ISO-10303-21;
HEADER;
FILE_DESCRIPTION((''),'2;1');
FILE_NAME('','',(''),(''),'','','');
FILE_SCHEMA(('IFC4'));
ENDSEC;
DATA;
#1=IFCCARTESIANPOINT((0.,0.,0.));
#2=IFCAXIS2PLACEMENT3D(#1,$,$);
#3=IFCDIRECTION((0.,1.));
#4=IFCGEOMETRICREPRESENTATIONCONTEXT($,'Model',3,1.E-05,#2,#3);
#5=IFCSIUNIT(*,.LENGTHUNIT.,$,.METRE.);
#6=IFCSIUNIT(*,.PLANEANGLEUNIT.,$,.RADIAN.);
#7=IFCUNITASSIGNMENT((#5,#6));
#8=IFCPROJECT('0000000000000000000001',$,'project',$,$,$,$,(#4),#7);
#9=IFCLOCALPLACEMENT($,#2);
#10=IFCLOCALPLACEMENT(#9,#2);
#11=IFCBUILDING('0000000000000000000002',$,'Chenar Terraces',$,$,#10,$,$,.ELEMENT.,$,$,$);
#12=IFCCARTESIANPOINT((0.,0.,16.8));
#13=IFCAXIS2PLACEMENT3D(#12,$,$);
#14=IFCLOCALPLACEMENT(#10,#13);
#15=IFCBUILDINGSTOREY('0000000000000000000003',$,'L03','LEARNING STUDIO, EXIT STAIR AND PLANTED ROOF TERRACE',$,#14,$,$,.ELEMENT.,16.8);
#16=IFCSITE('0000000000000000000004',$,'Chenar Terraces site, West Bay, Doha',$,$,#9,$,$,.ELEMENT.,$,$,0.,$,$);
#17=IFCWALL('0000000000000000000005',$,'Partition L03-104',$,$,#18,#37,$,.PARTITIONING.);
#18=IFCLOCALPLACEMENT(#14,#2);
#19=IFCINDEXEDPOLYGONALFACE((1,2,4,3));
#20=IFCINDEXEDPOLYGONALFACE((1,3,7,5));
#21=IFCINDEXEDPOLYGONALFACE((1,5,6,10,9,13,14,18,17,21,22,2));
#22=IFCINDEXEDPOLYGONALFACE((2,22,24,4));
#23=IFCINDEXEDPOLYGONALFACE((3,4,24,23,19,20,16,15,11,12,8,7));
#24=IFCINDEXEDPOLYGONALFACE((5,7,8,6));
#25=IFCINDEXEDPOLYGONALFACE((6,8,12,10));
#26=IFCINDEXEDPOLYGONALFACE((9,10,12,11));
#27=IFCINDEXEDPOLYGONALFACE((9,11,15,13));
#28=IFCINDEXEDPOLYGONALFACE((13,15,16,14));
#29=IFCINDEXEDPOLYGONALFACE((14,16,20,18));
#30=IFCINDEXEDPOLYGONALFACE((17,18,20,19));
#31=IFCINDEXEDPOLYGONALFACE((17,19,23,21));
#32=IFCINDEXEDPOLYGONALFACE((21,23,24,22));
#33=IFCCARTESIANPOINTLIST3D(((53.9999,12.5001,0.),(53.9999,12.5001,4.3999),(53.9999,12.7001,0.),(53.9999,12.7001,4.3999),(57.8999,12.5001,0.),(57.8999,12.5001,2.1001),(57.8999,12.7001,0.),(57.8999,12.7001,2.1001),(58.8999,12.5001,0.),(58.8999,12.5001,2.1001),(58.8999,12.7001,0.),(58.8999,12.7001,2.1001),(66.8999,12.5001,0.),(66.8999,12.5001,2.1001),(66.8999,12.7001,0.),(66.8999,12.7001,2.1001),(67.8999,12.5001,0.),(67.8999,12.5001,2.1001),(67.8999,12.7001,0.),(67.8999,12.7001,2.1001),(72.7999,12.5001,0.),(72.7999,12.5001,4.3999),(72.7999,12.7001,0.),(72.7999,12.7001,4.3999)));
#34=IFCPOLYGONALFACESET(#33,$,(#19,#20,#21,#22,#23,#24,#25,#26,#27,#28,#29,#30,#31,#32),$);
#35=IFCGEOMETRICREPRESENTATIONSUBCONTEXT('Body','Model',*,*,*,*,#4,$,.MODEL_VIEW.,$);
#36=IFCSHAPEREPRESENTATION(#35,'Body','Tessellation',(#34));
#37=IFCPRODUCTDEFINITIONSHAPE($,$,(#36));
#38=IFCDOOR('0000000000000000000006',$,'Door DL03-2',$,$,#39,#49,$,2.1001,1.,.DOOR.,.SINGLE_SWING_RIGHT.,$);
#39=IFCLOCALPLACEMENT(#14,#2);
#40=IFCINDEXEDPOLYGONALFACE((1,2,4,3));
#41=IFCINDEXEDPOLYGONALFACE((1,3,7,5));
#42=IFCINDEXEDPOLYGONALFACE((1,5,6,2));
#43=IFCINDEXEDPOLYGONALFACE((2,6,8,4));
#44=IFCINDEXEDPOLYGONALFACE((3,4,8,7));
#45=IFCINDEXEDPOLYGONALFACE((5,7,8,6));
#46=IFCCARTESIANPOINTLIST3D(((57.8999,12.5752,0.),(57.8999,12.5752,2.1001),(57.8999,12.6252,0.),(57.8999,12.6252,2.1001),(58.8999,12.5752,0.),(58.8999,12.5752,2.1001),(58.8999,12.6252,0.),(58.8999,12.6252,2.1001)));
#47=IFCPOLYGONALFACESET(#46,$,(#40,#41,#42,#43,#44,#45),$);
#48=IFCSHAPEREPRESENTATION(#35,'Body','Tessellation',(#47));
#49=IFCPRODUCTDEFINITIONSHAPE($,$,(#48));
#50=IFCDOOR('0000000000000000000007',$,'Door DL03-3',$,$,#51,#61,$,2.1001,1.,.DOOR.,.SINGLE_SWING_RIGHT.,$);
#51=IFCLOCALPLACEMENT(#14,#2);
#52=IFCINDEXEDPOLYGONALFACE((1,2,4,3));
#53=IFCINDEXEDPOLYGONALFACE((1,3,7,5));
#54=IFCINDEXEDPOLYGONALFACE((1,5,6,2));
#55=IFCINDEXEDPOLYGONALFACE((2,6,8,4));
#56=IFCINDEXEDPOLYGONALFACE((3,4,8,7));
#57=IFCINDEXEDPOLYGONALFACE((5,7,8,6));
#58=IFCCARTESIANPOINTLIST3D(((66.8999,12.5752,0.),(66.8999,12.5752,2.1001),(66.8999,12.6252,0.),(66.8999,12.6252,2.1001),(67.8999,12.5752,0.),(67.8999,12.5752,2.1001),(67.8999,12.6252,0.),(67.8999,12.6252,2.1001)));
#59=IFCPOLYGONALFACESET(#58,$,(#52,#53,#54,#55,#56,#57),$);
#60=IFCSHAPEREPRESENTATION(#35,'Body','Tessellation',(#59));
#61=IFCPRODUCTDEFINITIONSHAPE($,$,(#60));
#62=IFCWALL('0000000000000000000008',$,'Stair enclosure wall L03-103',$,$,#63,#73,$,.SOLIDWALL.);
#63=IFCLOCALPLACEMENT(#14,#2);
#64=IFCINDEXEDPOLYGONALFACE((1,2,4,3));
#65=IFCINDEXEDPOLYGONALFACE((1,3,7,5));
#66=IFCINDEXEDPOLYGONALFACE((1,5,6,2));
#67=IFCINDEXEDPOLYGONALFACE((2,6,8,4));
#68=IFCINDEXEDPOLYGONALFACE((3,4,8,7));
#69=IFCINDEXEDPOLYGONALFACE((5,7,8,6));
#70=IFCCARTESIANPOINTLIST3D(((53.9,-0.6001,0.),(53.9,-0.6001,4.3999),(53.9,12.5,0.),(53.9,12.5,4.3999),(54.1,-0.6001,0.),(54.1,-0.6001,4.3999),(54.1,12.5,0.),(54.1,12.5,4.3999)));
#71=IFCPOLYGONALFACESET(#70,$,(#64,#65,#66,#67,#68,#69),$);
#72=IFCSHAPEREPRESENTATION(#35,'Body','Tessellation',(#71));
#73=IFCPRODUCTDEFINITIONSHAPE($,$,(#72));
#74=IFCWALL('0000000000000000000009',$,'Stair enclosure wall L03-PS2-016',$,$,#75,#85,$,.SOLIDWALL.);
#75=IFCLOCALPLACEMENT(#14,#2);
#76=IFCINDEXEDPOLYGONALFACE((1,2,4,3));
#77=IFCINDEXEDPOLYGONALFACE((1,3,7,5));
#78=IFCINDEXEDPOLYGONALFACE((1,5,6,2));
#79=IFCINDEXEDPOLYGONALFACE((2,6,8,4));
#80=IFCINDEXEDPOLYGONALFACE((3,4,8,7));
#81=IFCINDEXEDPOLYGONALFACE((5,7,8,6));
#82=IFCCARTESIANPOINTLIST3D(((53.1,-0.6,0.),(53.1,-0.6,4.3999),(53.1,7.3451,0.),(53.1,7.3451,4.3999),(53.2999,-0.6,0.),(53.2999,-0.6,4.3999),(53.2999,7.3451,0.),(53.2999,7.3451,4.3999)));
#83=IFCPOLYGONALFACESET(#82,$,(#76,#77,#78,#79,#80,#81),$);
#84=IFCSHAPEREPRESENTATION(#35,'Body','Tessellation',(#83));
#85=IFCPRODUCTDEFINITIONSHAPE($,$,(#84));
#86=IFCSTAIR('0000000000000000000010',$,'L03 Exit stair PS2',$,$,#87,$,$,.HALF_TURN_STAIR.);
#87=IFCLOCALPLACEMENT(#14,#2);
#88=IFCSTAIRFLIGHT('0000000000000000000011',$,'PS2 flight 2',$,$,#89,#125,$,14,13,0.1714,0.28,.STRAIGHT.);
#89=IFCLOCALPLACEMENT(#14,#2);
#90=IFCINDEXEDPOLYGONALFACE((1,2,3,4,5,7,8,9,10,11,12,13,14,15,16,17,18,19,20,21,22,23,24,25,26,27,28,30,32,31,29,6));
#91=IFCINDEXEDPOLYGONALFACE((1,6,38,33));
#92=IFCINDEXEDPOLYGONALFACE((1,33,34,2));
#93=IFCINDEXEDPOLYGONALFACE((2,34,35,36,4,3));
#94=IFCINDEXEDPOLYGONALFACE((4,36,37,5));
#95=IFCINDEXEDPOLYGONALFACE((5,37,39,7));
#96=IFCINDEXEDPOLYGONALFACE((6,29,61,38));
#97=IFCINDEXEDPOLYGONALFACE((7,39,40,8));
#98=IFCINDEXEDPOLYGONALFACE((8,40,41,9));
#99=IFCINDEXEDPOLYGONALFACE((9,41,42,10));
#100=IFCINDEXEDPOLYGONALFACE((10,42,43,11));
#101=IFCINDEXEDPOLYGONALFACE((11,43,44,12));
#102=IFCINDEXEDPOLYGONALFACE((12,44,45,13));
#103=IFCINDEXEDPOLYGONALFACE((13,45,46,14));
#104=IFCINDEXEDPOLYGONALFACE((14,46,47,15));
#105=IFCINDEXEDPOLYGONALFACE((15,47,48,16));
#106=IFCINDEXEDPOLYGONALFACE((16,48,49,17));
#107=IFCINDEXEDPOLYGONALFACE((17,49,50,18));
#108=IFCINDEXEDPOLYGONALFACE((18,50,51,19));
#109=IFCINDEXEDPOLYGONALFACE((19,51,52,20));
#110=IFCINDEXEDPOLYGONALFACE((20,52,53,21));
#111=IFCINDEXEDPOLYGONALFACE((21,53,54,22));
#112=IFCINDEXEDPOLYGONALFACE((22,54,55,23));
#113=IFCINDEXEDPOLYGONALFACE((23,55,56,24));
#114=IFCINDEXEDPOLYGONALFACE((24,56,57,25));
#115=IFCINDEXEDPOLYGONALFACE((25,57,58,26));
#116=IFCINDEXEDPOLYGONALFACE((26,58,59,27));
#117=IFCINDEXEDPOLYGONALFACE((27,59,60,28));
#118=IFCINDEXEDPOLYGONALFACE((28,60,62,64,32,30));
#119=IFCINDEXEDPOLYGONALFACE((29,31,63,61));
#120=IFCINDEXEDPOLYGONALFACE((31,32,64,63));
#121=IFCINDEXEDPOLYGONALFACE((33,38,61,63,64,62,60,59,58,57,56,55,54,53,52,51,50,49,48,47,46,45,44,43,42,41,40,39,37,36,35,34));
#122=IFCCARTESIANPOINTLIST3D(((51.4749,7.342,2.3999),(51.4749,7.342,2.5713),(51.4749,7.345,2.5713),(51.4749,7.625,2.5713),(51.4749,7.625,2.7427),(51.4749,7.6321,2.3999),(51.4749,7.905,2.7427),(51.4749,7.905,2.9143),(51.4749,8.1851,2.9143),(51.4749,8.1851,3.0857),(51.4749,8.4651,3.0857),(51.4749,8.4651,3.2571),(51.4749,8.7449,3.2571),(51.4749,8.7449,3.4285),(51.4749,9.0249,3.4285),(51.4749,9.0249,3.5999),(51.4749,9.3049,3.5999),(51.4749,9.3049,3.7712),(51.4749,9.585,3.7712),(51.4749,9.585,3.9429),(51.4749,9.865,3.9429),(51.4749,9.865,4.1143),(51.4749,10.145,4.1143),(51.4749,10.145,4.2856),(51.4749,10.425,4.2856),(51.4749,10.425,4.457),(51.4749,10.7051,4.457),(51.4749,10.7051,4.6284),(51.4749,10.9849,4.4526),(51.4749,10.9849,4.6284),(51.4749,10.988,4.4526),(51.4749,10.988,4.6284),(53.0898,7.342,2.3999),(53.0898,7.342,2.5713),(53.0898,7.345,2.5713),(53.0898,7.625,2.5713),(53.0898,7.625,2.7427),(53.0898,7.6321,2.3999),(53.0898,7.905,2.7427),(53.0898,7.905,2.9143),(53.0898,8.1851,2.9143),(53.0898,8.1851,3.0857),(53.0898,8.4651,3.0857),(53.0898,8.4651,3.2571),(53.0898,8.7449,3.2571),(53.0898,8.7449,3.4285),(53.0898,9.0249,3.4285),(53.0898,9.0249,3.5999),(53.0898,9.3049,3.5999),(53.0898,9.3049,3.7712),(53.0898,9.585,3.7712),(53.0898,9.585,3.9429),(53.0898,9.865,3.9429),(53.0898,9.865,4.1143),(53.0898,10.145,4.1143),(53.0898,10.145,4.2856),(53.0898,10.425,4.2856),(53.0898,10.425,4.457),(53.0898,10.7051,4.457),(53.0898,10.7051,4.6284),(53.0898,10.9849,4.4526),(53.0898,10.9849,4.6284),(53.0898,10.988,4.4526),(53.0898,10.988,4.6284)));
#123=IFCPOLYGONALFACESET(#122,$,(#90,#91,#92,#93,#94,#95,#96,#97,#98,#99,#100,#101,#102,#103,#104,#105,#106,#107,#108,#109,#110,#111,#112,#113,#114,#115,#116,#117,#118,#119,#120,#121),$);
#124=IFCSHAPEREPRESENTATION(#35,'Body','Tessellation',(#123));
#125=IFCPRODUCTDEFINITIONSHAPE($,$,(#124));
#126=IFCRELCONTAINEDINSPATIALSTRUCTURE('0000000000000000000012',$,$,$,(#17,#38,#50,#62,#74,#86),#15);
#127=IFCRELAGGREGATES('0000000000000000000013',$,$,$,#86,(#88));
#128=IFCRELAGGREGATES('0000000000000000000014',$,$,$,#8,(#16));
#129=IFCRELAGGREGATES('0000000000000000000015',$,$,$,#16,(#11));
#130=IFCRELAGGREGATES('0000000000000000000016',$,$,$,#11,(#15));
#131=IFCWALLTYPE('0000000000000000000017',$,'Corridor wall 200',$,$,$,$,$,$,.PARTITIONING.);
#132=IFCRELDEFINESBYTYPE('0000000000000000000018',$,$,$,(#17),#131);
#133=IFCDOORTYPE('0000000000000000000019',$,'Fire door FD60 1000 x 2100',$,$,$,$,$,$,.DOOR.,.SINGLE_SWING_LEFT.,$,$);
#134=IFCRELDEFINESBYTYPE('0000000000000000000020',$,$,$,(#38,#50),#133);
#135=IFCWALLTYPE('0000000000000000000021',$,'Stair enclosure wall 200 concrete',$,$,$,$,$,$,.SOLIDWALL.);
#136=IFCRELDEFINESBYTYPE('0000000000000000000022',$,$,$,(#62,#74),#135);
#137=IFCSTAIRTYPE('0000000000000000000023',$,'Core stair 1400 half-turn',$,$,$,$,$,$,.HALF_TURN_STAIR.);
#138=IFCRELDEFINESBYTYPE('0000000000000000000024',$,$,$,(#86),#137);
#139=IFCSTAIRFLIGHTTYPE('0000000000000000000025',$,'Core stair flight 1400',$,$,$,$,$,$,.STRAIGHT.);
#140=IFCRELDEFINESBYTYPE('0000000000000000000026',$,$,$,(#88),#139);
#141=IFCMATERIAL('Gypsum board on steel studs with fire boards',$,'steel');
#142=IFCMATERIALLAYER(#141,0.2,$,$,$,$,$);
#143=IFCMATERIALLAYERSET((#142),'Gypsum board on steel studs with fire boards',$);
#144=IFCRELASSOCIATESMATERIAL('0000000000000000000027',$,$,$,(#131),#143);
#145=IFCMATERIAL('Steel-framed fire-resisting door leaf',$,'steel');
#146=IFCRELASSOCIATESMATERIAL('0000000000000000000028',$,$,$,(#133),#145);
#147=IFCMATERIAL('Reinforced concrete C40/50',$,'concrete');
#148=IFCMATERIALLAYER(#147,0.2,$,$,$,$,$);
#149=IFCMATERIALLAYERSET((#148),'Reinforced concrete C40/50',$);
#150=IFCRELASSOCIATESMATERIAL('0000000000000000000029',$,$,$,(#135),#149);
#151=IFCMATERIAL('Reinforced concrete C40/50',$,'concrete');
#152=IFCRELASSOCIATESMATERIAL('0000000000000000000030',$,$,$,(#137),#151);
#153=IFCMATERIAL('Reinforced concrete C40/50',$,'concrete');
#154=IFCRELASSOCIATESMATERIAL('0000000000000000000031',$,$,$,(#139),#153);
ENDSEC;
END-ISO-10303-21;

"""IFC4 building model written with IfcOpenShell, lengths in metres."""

from ifc_helpers import new_model, si_unit, direction, frame, frame_2d, origin, place, context, subcontext, project, spatial, polyline, rectangle, outline, extrude, material, layer, layer_set, type_object, element, fill, aggregate, save


model = new_model("IFC4")

# Units and contexts
model_context = context("Model", 3, precision=1e-05, world=origin(), true_north=direction((0.0, 1.0)))
body_context = subcontext(model_context, "Body", "Model", "MODEL_VIEW")
ifc_project = project(units=[si_unit("LENGTHUNIT", "METRE"), si_unit("PLANEANGLEUNIT", "RADIAN")], contexts=[model_context])

# Site, building, storey
site_placement = place(None, origin())
site = spatial("IfcSite", under=ifc_project, at=site_placement, Name="Chenar Terraces site, West Bay, Doha", CompositionType="ELEMENT", RefElevation=0.0)
building_placement = place(site_placement, origin())
building = spatial("IfcBuilding", under=site, at=building_placement, Name="Chenar Terraces", CompositionType="ELEMENT")
storey_placement = place(building_placement, frame((0.0, 0.0, 16.8)))
storey = spatial("IfcBuildingStorey", under=building, at=storey_placement, Name="L03", Description="LEARNING STUDIO, EXIT STAIR AND PLANTED ROOF TERRACE", CompositionType="ELEMENT", Elevation=16.8)

# Shared definitions
ifc_material_1 = material(Name="Gypsum board on steel studs with fire boards", Category="steel")
ifc_layer_1 = layer(ifc_material_1, 0.2)
ifc_layer_set_1 = layer_set([ifc_layer_1], Name="Gypsum board on steel studs with fire boards")
wall_type_1 = type_object("IfcWallType", Name="Corridor wall 200", PredefinedType="PARTITIONING", material=ifc_layer_set_1)

# Wall, openings, doors
wall_1_placement = place(storey_placement, frame((54.0, 12.6001, 0.0), z_axis=(0.0, 0.0, 1.0), x_axis=(1.0, 0.0, 0.0)))
wall_1 = element("IfcWall", 1, at=wall_1_placement, inside=storey, type_object=wall_type_1, Name="Partition L03-104", PredefinedType="PARTITIONING", context=body_context, shape_type="SweptSolid", body=[
    extrude(rectangle(XDim=18.8, YDim=0.2, at=frame_2d((9.3999, 0.0))), origin(), (0.0, 0.0, 1.0), 4.3999),
])
opening_1_placement = place(wall_1_placement, frame((3.8999, 0.0, 0.0)))
opening_1 = element("IfcOpeningElement", 2, at=opening_1_placement, cuts=wall_1, PredefinedType="OPENING", context=body_context, shape_type="SweptSolid", body=[
    extrude(rectangle(XDim=1.0, YDim=2.1001, at=frame_2d((0.5, 1.05))), frame((0.0, 0.1099, 0.0), z_axis=(0.0, -1.0, 0.0), x_axis=(1.0, 0.0, 0.0)), (0.0, 0.0, 1.0), 0.22),
])
opening_2_placement = place(wall_1_placement, frame((12.8999, 0.0, 0.0)))
opening_2 = element("IfcOpeningElement", 3, at=opening_2_placement, cuts=wall_1, PredefinedType="OPENING", context=body_context, shape_type="SweptSolid", body=[
    extrude(rectangle(XDim=1.0, YDim=2.1001, at=frame_2d((0.5, 1.05))), frame((0.0, 0.1099, 0.0), z_axis=(0.0, -1.0, 0.0), x_axis=(1.0, 0.0, 0.0)), (0.0, 0.0, 1.0), 0.22),
])
ifc_material_2 = material(Name="Steel-framed fire-resisting door leaf", Category="steel")
door_type = type_object("IfcDoorType", Name="Fire door FD60 1000 x 2100", OperationType="SINGLE_SWING_LEFT", PredefinedType="DOOR", material=ifc_material_2)
door_1_placement = place(opening_1_placement, frame((1.0, 0.0, 0.0), z_axis=(0.0, 0.0, 1.0), x_axis=(-1.0, 0.0, 0.0)))
door_1 = element("IfcDoor", 4, at=door_1_placement, inside=storey, type_object=door_type, Name="Door DL03-2", OperationType="SINGLE_SWING_RIGHT", OverallHeight=2.1001, OverallWidth=1.0, PredefinedType="DOOR", context=body_context, shape_type="SweptSolid", body=[
    extrude(rectangle(XDim=1.0, YDim=2.1001, at=frame_2d((0.5, 1.05))), frame((0.0, 0.0249, 0.0), z_axis=(0.0, -1.0, 0.0), x_axis=(1.0, 0.0, 0.0)), (0.0, 0.0, 1.0), 0.05),
])
fill(opening_1, door_1)
door_2_placement = place(opening_2_placement, frame((1.0, 0.0, 0.0), z_axis=(0.0, 0.0, 1.0), x_axis=(-1.0, 0.0, 0.0)))
door_2 = element("IfcDoor", 5, at=door_2_placement, inside=storey, type_object=door_type, Name="Door DL03-3", OperationType="SINGLE_SWING_RIGHT", OverallHeight=2.1001, OverallWidth=1.0, PredefinedType="DOOR", context=body_context, shape_type="SweptSolid", body=[
    extrude(rectangle(XDim=1.0, YDim=2.1001, at=frame_2d((0.5, 1.05))), frame((0.0, 0.0249, 0.0), z_axis=(0.0, -1.0, 0.0), x_axis=(1.0, 0.0, 0.0)), (0.0, 0.0, 1.0), 0.05),
])
fill(opening_2, door_2)

# Walls
ifc_material_3 = material(Name="Reinforced concrete C40/50", Category="concrete")
ifc_layer_2 = layer(ifc_material_3, 0.2)
ifc_layer_set_2 = layer_set([ifc_layer_2], Name="Reinforced concrete C40/50")
wall_type_2 = type_object("IfcWallType", Name="Stair enclosure wall 200 concrete", PredefinedType="SOLIDWALL", material=ifc_layer_set_2)
wall_2_placement = place(storey_placement, frame((54.0, -0.6001, 0.0), z_axis=(0.0, 0.0, 1.0), x_axis=(0.0, 1.0, 0.0)))
element("IfcWall", 6, at=wall_2_placement, inside=storey, type_object=wall_type_2, Name="Stair enclosure wall L03-103", PredefinedType="SOLIDWALL", context=body_context, shape_type="SweptSolid", body=[
    extrude(rectangle(XDim=13.1001, YDim=0.2, at=frame_2d((6.55, 0.0))), origin(), (0.0, 0.0, 1.0), 4.3999),
])
wall_3_placement = place(storey_placement, frame((53.2, -0.6001, 0.0), z_axis=(0.0, 0.0, 1.0), x_axis=(0.0, 1.0, 0.0)))
element("IfcWall", 7, at=wall_3_placement, inside=storey, type_object=wall_type_2, Name="Stair enclosure wall L03-PS2-016", PredefinedType="SOLIDWALL", context=body_context, shape_type="SweptSolid", body=[
    extrude(rectangle(XDim=7.9451, YDim=0.2, at=frame_2d((3.9727, 0.0))), origin(), (0.0, 0.0, 1.0), 4.3999),
])

# Stair, stair flight
ifc_material_4 = material(Name="Reinforced concrete C40/50", Category="concrete")
stair_type = type_object("IfcStairType", Name="Core stair 1400 half-turn", PredefinedType="HALF_TURN_STAIR", material=ifc_material_4)
stair_placement = place(storey_placement, origin())
stair = element("IfcStair", 8, at=stair_placement, inside=storey, type_object=stair_type, Name="L03 Exit stair PS2", PredefinedType="HALF_TURN_STAIR")
ifc_material_5 = material(Name="Reinforced concrete C40/50", Category="concrete")
stair_flight_type = type_object("IfcStairFlightType", Name="Core stair flight 1400", PredefinedType="STRAIGHT", material=ifc_material_5)
stair_flight_placement = place(storey_placement, frame((52.2825, 7.345, 2.3999), z_axis=(0.0, 0.0, 1.0), x_axis=(0.0, 1.0, 0.0)))
stair_flight = element("IfcStairFlight", 9, at=stair_flight_placement, type_object=stair_flight_type, Name="PS2 flight 2", NumberOfRisers=14, NumberOfTreads=13, PredefinedType="STRAIGHT", RiserHeight=0.1714, TreadLength=0.28, context=body_context, shape_type="SweptSolid", body=[
    extrude(outline(polyline([(-0.0029, 0.0), (-0.0029, 0.1714), (0.0, 0.1714), (0.28, 0.1714), (0.28, 0.3428), (0.5601, 0.3428), (0.5601, 0.5144), (0.8401, 0.5144), (0.8401, 0.6858), (1.1201, 0.6858), (1.1201, 0.8572), (1.3999, 0.8572), (1.3999, 1.0286), (1.6799, 1.0286), (1.6799, 1.2), (1.96, 1.2), (1.96, 1.3713), (2.24, 1.3713), (2.24, 1.543), (2.52, 1.543), (2.52, 1.7144), (2.8, 1.7144), (2.8, 1.8857), (3.0801, 1.8857), (3.0801, 2.0571), (3.3601, 2.0571), (3.3601, 2.2285), (3.6399, 2.2285), (3.6431, 2.2285), (3.6431, 2.0527), (3.6399, 2.0527), (0.2871, 0.0), (-0.0029, 0.0)])), frame((0.0, 0.8076, 0.0), z_axis=(0.0, -1.0, 0.0), x_axis=(1.0, 0.0, 0.0)), (0.0, 0.0, 1.0), 1.615),
])
aggregate(stair, [stair_flight])

save(model, "model.ifc")
